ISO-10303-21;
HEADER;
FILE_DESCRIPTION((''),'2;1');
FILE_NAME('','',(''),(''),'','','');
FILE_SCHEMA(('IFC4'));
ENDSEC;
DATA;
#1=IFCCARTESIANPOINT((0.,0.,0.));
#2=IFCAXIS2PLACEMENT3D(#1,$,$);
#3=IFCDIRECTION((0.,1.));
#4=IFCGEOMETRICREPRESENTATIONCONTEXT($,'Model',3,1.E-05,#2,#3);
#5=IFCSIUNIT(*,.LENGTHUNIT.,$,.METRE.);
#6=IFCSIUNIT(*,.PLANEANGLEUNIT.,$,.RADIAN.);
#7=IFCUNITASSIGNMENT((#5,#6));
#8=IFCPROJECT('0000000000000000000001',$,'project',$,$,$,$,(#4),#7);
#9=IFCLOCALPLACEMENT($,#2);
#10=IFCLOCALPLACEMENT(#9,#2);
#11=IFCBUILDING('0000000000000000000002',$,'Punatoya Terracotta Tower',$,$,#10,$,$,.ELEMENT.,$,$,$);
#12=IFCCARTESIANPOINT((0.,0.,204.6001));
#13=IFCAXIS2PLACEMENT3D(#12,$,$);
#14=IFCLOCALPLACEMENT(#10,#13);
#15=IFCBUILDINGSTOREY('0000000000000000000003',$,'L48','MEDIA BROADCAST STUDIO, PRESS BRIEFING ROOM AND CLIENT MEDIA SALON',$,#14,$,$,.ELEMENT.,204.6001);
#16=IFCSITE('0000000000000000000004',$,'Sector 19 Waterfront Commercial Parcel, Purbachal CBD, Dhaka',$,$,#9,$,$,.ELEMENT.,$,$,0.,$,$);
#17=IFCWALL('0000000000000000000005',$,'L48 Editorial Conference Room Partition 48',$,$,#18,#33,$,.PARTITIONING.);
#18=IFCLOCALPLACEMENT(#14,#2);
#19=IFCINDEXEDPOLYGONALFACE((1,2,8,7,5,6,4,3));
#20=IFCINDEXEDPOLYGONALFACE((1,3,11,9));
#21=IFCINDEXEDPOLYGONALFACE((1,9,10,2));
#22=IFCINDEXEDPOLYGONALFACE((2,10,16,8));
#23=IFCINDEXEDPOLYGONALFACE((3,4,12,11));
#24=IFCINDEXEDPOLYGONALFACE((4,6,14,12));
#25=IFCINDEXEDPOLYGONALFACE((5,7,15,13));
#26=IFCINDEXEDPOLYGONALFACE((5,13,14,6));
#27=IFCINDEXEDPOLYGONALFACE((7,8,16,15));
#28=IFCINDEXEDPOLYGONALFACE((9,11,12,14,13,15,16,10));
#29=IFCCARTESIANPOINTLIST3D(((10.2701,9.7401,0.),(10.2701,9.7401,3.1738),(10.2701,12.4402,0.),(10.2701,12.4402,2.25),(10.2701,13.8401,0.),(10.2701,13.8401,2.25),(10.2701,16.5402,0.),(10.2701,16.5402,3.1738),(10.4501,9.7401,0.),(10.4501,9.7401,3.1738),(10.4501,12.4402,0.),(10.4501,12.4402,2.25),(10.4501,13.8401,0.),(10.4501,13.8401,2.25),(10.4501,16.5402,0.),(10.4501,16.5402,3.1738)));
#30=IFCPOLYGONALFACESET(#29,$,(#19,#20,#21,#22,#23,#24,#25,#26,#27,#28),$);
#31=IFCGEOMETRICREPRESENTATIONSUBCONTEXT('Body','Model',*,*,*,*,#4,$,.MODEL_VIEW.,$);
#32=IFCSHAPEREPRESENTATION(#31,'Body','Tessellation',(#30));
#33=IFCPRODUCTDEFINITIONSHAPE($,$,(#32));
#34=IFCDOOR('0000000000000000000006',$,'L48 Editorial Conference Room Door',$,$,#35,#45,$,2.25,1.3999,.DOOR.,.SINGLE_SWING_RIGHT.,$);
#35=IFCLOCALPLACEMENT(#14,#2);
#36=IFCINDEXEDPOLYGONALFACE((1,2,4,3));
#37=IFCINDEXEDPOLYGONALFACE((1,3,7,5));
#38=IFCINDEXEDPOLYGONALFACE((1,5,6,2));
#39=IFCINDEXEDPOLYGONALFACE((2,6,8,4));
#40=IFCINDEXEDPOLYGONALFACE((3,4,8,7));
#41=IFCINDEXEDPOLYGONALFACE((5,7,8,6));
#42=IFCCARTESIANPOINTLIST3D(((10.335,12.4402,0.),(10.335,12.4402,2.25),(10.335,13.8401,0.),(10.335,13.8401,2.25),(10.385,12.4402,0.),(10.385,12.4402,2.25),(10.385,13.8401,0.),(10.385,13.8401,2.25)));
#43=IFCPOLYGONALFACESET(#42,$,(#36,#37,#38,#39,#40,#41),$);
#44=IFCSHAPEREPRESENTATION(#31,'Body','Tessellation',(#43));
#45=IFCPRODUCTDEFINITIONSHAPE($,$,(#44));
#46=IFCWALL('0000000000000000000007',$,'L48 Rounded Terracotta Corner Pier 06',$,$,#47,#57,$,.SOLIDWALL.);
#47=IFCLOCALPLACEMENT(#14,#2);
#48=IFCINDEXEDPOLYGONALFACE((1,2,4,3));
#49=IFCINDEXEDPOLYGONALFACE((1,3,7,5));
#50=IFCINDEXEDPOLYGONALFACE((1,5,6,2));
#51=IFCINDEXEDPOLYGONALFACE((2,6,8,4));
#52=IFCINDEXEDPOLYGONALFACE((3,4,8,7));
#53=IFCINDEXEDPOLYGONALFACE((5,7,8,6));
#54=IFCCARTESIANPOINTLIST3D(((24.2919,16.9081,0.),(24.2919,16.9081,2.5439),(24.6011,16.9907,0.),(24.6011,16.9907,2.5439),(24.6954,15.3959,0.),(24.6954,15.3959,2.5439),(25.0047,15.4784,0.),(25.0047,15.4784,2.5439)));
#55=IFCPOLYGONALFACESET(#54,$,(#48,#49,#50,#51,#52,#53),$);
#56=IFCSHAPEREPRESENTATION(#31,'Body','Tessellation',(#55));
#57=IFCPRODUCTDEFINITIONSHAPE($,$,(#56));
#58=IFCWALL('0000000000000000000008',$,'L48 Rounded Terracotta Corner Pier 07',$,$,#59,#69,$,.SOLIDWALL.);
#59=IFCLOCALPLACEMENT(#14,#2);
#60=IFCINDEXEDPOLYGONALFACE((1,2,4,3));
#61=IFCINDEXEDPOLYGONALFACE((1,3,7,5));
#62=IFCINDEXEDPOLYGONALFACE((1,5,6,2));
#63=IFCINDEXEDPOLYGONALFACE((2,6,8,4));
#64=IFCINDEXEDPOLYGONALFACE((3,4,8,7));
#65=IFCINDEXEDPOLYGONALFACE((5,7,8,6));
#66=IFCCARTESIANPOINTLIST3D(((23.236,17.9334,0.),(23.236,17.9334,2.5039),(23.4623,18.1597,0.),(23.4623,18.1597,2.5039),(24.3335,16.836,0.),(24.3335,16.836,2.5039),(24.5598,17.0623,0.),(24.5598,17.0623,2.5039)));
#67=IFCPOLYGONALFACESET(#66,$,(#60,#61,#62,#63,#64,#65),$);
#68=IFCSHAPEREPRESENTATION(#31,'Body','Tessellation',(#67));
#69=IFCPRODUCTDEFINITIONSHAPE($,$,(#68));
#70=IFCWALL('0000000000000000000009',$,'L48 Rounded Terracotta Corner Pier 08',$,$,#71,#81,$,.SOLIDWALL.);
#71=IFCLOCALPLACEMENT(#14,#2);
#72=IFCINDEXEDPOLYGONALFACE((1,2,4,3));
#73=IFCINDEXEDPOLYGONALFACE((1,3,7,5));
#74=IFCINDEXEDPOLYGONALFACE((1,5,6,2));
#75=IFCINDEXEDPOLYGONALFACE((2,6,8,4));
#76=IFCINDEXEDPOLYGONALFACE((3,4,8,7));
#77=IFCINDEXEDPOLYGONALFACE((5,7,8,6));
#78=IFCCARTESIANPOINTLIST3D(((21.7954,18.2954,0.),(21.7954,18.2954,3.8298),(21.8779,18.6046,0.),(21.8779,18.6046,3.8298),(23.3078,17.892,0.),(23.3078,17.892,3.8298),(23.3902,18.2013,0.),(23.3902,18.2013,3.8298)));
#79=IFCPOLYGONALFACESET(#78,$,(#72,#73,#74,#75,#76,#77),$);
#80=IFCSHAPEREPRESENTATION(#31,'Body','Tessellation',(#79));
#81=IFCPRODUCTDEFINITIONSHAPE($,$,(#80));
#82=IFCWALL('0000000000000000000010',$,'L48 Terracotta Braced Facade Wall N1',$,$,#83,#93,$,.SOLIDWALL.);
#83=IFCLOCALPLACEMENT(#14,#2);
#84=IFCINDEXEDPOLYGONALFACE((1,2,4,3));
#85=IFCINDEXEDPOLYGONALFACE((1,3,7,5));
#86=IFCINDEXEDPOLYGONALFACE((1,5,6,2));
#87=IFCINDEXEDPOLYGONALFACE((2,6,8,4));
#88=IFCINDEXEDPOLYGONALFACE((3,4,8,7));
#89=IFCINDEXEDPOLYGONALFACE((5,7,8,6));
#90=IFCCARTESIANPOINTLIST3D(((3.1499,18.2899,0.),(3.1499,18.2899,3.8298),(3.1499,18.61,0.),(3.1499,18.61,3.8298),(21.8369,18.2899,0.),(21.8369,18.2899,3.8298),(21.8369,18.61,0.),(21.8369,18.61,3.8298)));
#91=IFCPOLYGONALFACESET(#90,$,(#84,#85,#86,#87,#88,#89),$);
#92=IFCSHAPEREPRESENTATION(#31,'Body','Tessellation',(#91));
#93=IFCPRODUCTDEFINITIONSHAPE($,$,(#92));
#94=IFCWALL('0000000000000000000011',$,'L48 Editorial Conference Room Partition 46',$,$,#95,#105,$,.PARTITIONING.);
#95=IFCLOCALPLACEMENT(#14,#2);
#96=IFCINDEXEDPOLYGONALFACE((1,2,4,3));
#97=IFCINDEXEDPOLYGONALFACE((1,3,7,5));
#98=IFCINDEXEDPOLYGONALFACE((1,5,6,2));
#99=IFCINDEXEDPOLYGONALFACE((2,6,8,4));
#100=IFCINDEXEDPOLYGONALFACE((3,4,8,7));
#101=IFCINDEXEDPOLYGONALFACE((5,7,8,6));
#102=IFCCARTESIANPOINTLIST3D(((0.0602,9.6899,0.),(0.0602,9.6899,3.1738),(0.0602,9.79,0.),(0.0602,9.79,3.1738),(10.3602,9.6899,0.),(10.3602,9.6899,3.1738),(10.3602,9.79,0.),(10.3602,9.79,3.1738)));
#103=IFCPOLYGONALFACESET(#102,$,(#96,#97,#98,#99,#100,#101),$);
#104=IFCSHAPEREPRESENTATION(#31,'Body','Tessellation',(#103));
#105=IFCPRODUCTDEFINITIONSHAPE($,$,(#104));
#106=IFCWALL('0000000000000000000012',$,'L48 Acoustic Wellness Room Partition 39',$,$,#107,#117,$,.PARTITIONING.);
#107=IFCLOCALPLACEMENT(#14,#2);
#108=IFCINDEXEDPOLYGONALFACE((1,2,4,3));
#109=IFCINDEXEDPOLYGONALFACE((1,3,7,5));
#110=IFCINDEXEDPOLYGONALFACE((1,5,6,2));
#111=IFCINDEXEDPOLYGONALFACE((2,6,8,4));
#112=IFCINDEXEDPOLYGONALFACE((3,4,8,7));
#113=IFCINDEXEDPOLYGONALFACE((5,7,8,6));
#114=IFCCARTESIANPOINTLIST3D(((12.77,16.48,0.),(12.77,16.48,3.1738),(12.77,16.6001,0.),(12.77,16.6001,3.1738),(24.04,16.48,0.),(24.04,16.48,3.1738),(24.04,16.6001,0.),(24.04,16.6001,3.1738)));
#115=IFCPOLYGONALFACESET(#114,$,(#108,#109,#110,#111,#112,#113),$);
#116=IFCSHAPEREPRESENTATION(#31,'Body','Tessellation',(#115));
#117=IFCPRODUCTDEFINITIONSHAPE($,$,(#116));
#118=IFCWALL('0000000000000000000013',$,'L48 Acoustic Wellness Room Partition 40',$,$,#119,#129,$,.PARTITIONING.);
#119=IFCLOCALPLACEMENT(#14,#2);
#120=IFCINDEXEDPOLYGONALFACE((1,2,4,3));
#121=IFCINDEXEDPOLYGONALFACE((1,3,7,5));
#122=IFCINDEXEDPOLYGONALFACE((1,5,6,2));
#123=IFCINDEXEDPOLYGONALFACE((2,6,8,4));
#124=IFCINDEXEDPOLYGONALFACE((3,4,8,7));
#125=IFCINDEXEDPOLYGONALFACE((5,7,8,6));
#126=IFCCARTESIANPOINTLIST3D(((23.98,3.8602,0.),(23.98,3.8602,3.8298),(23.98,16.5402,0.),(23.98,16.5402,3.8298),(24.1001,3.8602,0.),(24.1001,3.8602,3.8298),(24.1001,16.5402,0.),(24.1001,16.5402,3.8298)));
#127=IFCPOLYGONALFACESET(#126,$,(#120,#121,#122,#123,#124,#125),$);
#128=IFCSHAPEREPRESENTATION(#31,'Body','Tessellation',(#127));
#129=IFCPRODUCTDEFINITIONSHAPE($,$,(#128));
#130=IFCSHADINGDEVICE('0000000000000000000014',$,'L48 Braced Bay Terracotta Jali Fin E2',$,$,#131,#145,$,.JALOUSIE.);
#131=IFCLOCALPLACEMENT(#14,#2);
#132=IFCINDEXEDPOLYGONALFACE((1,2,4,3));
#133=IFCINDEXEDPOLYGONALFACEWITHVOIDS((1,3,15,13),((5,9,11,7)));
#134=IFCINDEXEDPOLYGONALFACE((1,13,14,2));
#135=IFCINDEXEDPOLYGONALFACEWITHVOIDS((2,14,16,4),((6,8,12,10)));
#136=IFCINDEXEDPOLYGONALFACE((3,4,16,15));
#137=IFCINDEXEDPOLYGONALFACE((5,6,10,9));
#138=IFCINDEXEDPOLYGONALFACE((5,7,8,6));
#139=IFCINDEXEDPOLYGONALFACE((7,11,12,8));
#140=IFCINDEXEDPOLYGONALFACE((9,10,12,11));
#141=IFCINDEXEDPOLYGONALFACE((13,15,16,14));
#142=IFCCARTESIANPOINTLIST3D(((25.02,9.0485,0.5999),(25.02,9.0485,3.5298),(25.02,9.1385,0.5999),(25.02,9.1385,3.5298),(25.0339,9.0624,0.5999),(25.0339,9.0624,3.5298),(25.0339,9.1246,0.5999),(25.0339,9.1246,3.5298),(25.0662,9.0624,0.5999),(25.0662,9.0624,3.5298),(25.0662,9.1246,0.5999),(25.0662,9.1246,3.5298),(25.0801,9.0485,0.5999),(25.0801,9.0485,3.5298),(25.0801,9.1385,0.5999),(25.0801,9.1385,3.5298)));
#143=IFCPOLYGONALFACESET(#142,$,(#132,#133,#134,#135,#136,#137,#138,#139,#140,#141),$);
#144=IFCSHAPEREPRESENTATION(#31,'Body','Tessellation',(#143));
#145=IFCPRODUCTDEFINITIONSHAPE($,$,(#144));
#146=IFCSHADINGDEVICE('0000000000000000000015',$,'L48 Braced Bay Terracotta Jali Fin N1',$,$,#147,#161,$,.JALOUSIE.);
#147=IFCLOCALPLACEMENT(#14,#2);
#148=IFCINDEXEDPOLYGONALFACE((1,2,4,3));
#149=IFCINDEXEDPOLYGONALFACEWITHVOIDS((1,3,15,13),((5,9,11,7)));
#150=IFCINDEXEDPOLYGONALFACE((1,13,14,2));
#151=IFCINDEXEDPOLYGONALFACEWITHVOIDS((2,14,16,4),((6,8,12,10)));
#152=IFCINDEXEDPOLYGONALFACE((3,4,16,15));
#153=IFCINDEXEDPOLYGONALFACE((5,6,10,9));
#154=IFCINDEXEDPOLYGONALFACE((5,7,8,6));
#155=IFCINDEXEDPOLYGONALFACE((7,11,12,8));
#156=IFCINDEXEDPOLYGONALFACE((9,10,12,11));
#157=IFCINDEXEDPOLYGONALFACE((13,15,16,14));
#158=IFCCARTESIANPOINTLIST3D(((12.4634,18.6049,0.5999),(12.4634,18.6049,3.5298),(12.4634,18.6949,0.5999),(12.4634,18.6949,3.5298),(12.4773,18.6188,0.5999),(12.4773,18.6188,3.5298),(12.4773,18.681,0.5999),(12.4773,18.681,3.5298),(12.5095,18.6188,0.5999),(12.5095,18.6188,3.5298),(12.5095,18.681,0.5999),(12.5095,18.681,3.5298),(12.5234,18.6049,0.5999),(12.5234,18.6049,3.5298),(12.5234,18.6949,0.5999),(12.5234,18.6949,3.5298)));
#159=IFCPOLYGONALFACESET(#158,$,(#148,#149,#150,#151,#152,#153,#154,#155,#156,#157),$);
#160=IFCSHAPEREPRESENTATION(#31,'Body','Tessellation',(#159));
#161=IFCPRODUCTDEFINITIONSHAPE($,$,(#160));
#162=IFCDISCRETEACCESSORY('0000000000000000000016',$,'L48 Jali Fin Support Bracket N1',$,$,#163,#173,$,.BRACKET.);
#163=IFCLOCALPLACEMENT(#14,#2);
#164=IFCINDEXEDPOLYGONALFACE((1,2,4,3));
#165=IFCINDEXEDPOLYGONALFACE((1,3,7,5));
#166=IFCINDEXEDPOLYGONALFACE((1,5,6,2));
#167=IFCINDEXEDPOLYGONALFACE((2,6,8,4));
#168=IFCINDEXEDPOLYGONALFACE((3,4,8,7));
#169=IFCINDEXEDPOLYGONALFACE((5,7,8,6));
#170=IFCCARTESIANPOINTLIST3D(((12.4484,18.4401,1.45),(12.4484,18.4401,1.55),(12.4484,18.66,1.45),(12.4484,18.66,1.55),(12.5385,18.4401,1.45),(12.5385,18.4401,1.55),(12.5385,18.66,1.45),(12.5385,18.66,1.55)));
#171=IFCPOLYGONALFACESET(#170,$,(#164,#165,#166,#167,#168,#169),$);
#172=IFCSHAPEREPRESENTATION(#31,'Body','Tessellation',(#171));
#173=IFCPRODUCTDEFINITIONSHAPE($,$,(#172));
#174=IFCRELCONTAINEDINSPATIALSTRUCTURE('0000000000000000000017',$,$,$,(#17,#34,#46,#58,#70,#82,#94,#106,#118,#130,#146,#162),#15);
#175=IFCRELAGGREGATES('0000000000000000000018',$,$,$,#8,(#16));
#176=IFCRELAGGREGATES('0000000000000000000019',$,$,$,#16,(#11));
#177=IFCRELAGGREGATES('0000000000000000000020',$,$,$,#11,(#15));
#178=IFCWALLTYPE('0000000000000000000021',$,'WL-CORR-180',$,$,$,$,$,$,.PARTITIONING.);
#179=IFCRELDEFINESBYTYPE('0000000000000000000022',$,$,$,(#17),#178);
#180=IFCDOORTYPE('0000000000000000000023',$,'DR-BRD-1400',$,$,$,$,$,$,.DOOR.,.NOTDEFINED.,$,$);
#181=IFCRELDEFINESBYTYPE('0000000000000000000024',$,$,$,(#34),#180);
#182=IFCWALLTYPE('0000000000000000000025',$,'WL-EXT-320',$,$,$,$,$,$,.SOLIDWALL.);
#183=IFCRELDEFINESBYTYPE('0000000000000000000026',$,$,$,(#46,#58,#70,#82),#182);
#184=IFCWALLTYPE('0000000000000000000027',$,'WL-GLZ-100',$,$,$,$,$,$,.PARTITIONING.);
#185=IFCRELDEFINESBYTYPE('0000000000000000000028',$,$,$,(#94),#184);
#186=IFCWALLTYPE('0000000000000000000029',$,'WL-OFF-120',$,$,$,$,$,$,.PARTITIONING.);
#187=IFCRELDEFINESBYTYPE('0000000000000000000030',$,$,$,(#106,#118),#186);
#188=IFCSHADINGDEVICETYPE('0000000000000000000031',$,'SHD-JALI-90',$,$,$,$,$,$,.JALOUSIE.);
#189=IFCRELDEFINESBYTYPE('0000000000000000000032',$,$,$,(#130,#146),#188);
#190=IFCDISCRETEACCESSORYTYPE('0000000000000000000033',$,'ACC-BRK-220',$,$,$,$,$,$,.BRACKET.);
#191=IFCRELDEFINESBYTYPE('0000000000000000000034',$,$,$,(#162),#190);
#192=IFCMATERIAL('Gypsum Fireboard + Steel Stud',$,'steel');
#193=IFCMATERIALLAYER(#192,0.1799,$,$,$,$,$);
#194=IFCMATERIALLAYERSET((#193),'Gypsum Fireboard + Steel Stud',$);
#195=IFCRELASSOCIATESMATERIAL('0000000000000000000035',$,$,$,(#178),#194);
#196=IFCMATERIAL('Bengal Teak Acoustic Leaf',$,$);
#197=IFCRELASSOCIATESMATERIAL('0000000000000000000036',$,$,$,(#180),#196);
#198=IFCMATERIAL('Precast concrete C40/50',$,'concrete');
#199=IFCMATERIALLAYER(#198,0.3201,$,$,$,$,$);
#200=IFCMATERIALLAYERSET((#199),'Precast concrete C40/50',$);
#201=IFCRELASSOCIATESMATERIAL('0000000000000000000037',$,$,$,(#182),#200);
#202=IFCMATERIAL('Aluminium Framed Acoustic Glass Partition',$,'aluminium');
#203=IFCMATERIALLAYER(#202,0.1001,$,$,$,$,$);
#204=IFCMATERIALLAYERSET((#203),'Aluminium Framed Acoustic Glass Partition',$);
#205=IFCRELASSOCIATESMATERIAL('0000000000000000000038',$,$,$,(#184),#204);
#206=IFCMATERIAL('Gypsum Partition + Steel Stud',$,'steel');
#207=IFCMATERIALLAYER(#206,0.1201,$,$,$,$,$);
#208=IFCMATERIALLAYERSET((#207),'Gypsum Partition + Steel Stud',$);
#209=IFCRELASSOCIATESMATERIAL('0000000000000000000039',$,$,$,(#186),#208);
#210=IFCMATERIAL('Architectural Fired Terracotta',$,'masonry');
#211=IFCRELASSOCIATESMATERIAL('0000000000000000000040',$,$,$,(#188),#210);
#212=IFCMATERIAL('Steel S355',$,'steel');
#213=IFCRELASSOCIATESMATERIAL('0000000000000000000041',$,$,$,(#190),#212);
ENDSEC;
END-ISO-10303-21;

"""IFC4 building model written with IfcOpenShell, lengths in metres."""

from ifc_helpers import new_model, si_unit, direction, frame, frame_2d, origin, origin_2d, place, context, subcontext, project, spatial, rectangle, hollow_rectangle, extrude, material, layer, layer_set, material_profile, profile_set, type_object, element, fill, save


model = new_model("IFC4")

# Units and contexts
model_context = context("Model", 3, precision=1e-05, world=origin(), true_north=direction((0.0, 1.0)))
body_context = subcontext(model_context, "Body", "Model", "MODEL_VIEW")
ifc_project = project(units=[si_unit("LENGTHUNIT", "METRE"), si_unit("PLANEANGLEUNIT", "RADIAN")], contexts=[model_context])

# Site, building, storey
site_placement = place(None, origin())
site = spatial("IfcSite", under=ifc_project, at=site_placement, Name="Sector 19 Waterfront Commercial Parcel, Purbachal CBD, Dhaka", CompositionType="ELEMENT", RefElevation=0.0)
building_placement = place(site_placement, origin())
building = spatial("IfcBuilding", under=site, at=building_placement, Name="Punatoya Terracotta Tower", CompositionType="ELEMENT")
storey_placement = place(building_placement, frame((0.0, 0.0, 204.6001)))
storey = spatial("IfcBuildingStorey", under=building, at=storey_placement, Name="L48", Description="MEDIA BROADCAST STUDIO, PRESS BRIEFING ROOM AND CLIENT MEDIA SALON", CompositionType="ELEMENT", Elevation=204.6001)

# Shared definitions
ifc_material_1 = material(Name="Steel S355", Category="steel")

# Wall, opening, door
ifc_material_2 = material(Name="Gypsum Fireboard + Steel Stud", Category="steel")
ifc_layer_1 = layer(ifc_material_2, 0.1799)
ifc_layer_set_1 = layer_set([ifc_layer_1], Name="Gypsum Fireboard + Steel Stud")
wall_type_1 = type_object("IfcWallType", Name="WL-CORR-180", PredefinedType="PARTITIONING", material=ifc_layer_set_1)
wall_1_placement = place(storey_placement, frame((10.3601, 16.54, 0.0), z_axis=(0.0, 0.0, 1.0), x_axis=(0.0, -1.0, 0.0)))
wall_1 = element("IfcWall", 1, at=wall_1_placement, inside=storey, type_object=wall_type_1, Name="L48 Editorial Conference Room Partition 48", PredefinedType="PARTITIONING", context=body_context, shape_type="SweptSolid", body=[
    extrude(rectangle(XDim=6.8, YDim=0.1799, at=frame_2d((3.3999, 0.0))), origin(), (0.0, 0.0, 1.0), 3.1738),
])
opening_placement = place(wall_1_placement, frame((2.7, 0.0, 0.0)))
opening = element("IfcOpeningElement", 2, at=opening_placement, cuts=wall_1, PredefinedType="OPENING", context=body_context, shape_type="SweptSolid", body=[
    extrude(rectangle(XDim=1.3999, YDim=2.25, at=frame_2d((0.7, 1.125))), frame((0.0, 0.0999, 0.0), z_axis=(0.0, -1.0, 0.0), x_axis=(1.0, 0.0, 0.0)), (0.0, 0.0, 1.0), 0.2),
])
ifc_material_3 = material(Name="Bengal Teak Acoustic Leaf")
door_type = type_object("IfcDoorType", Name="DR-BRD-1400", OperationType="NOTDEFINED", PredefinedType="DOOR", material=ifc_material_3)
door_placement = place(opening_placement, origin())
door = element("IfcDoor", 3, at=door_placement, inside=storey, type_object=door_type, Name="L48 Editorial Conference Room Door", OperationType="SINGLE_SWING_RIGHT", OverallHeight=2.25, OverallWidth=1.3999, PredefinedType="DOOR", context=body_context, shape_type="SweptSolid", body=[
    extrude(rectangle(XDim=1.3999, YDim=2.25, at=frame_2d((0.7, 1.125))), frame((0.0, 0.0249, 0.0), z_axis=(0.0, -1.0, 0.0), x_axis=(1.0, 0.0, 0.0)), (0.0, 0.0, 1.0), 0.05),
])
fill(opening, door)

# Walls
ifc_material_4 = material(Name="Precast concrete C40/50", Category="concrete")
ifc_layer_2 = layer(ifc_material_4, 0.3201)
ifc_layer_set_2 = layer_set([ifc_layer_2], Name="Precast concrete C40/50")
wall_type_2 = type_object("IfcWallType", Name="WL-EXT-320", PredefinedType="SOLIDWALL", material=ifc_layer_set_2)
wall_2_placement = place(storey_placement, frame((24.8501, 15.437, 0.0), z_axis=(0.0, 0.0, 1.0), x_axis=(-0.257847, 0.966186, 0.0)))
element("IfcWall", 4, at=wall_2_placement, inside=storey, type_object=wall_type_2, Name="L48 Rounded Terracotta Corner Pier 06", PredefinedType="SOLIDWALL", context=body_context, shape_type="SweptSolid", body=[
    extrude(rectangle(XDim=1.5652, YDim=0.3201, at=frame_2d((0.7827, 0.0))), origin(), (0.0, 0.0, 1.0), 2.5439),
])
wall_3_placement = place(storey_placement, frame((24.4465, 16.9492, 0.0), z_axis=(0.0, 0.0, 1.0), x_axis=(-0.707107, 0.707107, 0.0)))
element("IfcWall", 5, at=wall_3_placement, inside=storey, type_object=wall_type_2, Name="L48 Rounded Terracotta Corner Pier 07", PredefinedType="SOLIDWALL", context=body_context, shape_type="SweptSolid", body=[
    extrude(rectangle(XDim=1.552, YDim=0.3201, at=frame_2d((0.7759, 0.0))), origin(), (0.0, 0.0, 1.0), 2.5039),
])
wall_4_placement = place(storey_placement, frame((23.3491, 18.0466, 0.0), z_axis=(0.0, 0.0, 1.0), x_axis=(-0.966225, 0.257701, 0.0)))
element("IfcWall", 6, at=wall_4_placement, inside=storey, type_object=wall_type_2, Name="L48 Rounded Terracotta Corner Pier 08", PredefinedType="SOLIDWALL", context=body_context, shape_type="SweptSolid", body=[
    extrude(rectangle(XDim=1.5652, YDim=0.3201, at=frame_2d((0.7827, 0.0))), origin(), (0.0, 0.0, 1.0), 3.8298),
])
wall_5_placement = place(storey_placement, frame((21.8369, 18.45, 0.0), z_axis=(0.0, 0.0, 1.0), x_axis=(-1.0, 0.0, 0.0)))
element("IfcWall", 7, at=wall_5_placement, inside=storey, type_object=wall_type_2, Name="L48 Terracotta Braced Facade Wall N1", PredefinedType="SOLIDWALL", context=body_context, shape_type="SweptSolid", body=[
    extrude(rectangle(XDim=18.687, YDim=0.3201, at=frame_2d((9.3435, 0.0))), origin(), (0.0, 0.0, 1.0), 3.8298),
])
ifc_material_5 = material(Name="Aluminium Framed Acoustic Glass Partition", Category="aluminium")
ifc_layer_3 = layer(ifc_material_5, 0.1001)
ifc_layer_set_3 = layer_set([ifc_layer_3], Name="Aluminium Framed Acoustic Glass Partition")
wall_type_3 = type_object("IfcWallType", Name="WL-GLZ-100", PredefinedType="PARTITIONING", material=ifc_layer_set_3)
wall_6_placement = place(storey_placement, frame((10.3601, 9.74, 0.0), z_axis=(0.0, 0.0, 1.0), x_axis=(-1.0, 0.0, 0.0)))
element("IfcWall", 8, at=wall_6_placement, inside=storey, type_object=wall_type_3, Name="L48 Editorial Conference Room Partition 46", PredefinedType="PARTITIONING", context=body_context, shape_type="SweptSolid", body=[
    extrude(rectangle(XDim=10.3, YDim=0.1001, at=frame_2d((5.1499, 0.0))), origin(), (0.0, 0.0, 1.0), 3.1738),
])
ifc_material_6 = material(Name="Gypsum Partition + Steel Stud", Category="steel")
ifc_layer_4 = layer(ifc_material_6, 0.1201)
ifc_layer_set_4 = layer_set([ifc_layer_4], Name="Gypsum Partition + Steel Stud")
wall_type_4 = type_object("IfcWallType", Name="WL-OFF-120", PredefinedType="PARTITIONING", material=ifc_layer_set_4)
wall_7_placement = place(storey_placement, frame((12.77, 16.54, 0.0), z_axis=(0.0, 0.0, 1.0), x_axis=(1.0, 0.0, 0.0)))
element("IfcWall", 9, at=wall_7_placement, inside=storey, type_object=wall_type_4, Name="L48 Acoustic Wellness Room Partition 39", PredefinedType="PARTITIONING", context=body_context, shape_type="SweptSolid", body=[
    extrude(rectangle(XDim=11.27, YDim=0.1201, at=frame_2d((5.635, 0.0))), origin(), (0.0, 0.0, 1.0), 3.1738),
])
wall_8_placement = place(storey_placement, frame((24.04, 16.54, 0.0), z_axis=(0.0, 0.0, 1.0), x_axis=(0.0, -1.0, 0.0)))
element("IfcWall", 10, at=wall_8_placement, inside=storey, type_object=wall_type_4, Name="L48 Acoustic Wellness Room Partition 40", PredefinedType="PARTITIONING", context=body_context, shape_type="SweptSolid", body=[
    extrude(rectangle(XDim=12.6799, YDim=0.1201, at=frame_2d((6.3398, 0.0))), origin(), (0.0, 0.0, 1.0), 3.8298),
])

# Shading devices
ifc_material_7 = material(Name="Architectural Fired Terracotta", Category="masonry")
ifc_material_profile_1 = material_profile(ifc_material_7, hollow_rectangle(XDim=0.0601, YDim=0.0901, WallThickness=0.0139, at=origin_2d()))
ifc_profile_set_1 = profile_set([ifc_material_profile_1], Name="Architectural Fired Terracotta")
shading_device_type = type_object("IfcShadingDeviceType", Name="SHD-JALI-90", PredefinedType="JALOUSIE", material=ifc_profile_set_1)
for number, where, z_axis, x_axis, name in (
    (11, (25.05, 9.0935, 0.5999), (0.0, 0.0, 1.0), (1.0, 0.0, 0.0), "L48 Braced Bay Terracotta Jali Fin E2"),
    (12, (12.4934, 18.6499, 0.5999), (0.0, 0.0, 1.0), (1.0, 0.0, 0.0), "L48 Braced Bay Terracotta Jali Fin N1"),
):
    element("IfcShadingDevice", number, at=place(storey_placement, frame(where, z_axis=z_axis, x_axis=x_axis)), inside=storey, type_object=shading_device_type, Name=name, PredefinedType="JALOUSIE", context=body_context, shape_type="SweptSolid", body=[
        extrude(hollow_rectangle(XDim=0.0601, YDim=0.0901, WallThickness=0.0139, at=origin_2d()), origin(), (0.0, 0.0, 1.0), 2.9299),
    ])

# Discrete accessory
discrete_accessory_type = type_object("IfcDiscreteAccessoryType", Name="ACC-BRK-220", PredefinedType="BRACKET", material=ifc_material_1)
discrete_accessory_placement = place(storey_placement, frame((12.4934, 18.55, 1.45), z_axis=(0.0, 0.0, 1.0), x_axis=(-1.0, 0.0, 0.0)))
element("IfcDiscreteAccessory", 13, at=discrete_accessory_placement, inside=storey, type_object=discrete_accessory_type, Name="L48 Jali Fin Support Bracket N1", PredefinedType="BRACKET", context=body_context, shape_type="SweptSolid", body=[
    extrude(rectangle(XDim=0.0901, YDim=0.22, at=origin_2d()), origin(), (0.0, 0.0, 1.0), 0.1001),
])

save(model, "model.ifc")
